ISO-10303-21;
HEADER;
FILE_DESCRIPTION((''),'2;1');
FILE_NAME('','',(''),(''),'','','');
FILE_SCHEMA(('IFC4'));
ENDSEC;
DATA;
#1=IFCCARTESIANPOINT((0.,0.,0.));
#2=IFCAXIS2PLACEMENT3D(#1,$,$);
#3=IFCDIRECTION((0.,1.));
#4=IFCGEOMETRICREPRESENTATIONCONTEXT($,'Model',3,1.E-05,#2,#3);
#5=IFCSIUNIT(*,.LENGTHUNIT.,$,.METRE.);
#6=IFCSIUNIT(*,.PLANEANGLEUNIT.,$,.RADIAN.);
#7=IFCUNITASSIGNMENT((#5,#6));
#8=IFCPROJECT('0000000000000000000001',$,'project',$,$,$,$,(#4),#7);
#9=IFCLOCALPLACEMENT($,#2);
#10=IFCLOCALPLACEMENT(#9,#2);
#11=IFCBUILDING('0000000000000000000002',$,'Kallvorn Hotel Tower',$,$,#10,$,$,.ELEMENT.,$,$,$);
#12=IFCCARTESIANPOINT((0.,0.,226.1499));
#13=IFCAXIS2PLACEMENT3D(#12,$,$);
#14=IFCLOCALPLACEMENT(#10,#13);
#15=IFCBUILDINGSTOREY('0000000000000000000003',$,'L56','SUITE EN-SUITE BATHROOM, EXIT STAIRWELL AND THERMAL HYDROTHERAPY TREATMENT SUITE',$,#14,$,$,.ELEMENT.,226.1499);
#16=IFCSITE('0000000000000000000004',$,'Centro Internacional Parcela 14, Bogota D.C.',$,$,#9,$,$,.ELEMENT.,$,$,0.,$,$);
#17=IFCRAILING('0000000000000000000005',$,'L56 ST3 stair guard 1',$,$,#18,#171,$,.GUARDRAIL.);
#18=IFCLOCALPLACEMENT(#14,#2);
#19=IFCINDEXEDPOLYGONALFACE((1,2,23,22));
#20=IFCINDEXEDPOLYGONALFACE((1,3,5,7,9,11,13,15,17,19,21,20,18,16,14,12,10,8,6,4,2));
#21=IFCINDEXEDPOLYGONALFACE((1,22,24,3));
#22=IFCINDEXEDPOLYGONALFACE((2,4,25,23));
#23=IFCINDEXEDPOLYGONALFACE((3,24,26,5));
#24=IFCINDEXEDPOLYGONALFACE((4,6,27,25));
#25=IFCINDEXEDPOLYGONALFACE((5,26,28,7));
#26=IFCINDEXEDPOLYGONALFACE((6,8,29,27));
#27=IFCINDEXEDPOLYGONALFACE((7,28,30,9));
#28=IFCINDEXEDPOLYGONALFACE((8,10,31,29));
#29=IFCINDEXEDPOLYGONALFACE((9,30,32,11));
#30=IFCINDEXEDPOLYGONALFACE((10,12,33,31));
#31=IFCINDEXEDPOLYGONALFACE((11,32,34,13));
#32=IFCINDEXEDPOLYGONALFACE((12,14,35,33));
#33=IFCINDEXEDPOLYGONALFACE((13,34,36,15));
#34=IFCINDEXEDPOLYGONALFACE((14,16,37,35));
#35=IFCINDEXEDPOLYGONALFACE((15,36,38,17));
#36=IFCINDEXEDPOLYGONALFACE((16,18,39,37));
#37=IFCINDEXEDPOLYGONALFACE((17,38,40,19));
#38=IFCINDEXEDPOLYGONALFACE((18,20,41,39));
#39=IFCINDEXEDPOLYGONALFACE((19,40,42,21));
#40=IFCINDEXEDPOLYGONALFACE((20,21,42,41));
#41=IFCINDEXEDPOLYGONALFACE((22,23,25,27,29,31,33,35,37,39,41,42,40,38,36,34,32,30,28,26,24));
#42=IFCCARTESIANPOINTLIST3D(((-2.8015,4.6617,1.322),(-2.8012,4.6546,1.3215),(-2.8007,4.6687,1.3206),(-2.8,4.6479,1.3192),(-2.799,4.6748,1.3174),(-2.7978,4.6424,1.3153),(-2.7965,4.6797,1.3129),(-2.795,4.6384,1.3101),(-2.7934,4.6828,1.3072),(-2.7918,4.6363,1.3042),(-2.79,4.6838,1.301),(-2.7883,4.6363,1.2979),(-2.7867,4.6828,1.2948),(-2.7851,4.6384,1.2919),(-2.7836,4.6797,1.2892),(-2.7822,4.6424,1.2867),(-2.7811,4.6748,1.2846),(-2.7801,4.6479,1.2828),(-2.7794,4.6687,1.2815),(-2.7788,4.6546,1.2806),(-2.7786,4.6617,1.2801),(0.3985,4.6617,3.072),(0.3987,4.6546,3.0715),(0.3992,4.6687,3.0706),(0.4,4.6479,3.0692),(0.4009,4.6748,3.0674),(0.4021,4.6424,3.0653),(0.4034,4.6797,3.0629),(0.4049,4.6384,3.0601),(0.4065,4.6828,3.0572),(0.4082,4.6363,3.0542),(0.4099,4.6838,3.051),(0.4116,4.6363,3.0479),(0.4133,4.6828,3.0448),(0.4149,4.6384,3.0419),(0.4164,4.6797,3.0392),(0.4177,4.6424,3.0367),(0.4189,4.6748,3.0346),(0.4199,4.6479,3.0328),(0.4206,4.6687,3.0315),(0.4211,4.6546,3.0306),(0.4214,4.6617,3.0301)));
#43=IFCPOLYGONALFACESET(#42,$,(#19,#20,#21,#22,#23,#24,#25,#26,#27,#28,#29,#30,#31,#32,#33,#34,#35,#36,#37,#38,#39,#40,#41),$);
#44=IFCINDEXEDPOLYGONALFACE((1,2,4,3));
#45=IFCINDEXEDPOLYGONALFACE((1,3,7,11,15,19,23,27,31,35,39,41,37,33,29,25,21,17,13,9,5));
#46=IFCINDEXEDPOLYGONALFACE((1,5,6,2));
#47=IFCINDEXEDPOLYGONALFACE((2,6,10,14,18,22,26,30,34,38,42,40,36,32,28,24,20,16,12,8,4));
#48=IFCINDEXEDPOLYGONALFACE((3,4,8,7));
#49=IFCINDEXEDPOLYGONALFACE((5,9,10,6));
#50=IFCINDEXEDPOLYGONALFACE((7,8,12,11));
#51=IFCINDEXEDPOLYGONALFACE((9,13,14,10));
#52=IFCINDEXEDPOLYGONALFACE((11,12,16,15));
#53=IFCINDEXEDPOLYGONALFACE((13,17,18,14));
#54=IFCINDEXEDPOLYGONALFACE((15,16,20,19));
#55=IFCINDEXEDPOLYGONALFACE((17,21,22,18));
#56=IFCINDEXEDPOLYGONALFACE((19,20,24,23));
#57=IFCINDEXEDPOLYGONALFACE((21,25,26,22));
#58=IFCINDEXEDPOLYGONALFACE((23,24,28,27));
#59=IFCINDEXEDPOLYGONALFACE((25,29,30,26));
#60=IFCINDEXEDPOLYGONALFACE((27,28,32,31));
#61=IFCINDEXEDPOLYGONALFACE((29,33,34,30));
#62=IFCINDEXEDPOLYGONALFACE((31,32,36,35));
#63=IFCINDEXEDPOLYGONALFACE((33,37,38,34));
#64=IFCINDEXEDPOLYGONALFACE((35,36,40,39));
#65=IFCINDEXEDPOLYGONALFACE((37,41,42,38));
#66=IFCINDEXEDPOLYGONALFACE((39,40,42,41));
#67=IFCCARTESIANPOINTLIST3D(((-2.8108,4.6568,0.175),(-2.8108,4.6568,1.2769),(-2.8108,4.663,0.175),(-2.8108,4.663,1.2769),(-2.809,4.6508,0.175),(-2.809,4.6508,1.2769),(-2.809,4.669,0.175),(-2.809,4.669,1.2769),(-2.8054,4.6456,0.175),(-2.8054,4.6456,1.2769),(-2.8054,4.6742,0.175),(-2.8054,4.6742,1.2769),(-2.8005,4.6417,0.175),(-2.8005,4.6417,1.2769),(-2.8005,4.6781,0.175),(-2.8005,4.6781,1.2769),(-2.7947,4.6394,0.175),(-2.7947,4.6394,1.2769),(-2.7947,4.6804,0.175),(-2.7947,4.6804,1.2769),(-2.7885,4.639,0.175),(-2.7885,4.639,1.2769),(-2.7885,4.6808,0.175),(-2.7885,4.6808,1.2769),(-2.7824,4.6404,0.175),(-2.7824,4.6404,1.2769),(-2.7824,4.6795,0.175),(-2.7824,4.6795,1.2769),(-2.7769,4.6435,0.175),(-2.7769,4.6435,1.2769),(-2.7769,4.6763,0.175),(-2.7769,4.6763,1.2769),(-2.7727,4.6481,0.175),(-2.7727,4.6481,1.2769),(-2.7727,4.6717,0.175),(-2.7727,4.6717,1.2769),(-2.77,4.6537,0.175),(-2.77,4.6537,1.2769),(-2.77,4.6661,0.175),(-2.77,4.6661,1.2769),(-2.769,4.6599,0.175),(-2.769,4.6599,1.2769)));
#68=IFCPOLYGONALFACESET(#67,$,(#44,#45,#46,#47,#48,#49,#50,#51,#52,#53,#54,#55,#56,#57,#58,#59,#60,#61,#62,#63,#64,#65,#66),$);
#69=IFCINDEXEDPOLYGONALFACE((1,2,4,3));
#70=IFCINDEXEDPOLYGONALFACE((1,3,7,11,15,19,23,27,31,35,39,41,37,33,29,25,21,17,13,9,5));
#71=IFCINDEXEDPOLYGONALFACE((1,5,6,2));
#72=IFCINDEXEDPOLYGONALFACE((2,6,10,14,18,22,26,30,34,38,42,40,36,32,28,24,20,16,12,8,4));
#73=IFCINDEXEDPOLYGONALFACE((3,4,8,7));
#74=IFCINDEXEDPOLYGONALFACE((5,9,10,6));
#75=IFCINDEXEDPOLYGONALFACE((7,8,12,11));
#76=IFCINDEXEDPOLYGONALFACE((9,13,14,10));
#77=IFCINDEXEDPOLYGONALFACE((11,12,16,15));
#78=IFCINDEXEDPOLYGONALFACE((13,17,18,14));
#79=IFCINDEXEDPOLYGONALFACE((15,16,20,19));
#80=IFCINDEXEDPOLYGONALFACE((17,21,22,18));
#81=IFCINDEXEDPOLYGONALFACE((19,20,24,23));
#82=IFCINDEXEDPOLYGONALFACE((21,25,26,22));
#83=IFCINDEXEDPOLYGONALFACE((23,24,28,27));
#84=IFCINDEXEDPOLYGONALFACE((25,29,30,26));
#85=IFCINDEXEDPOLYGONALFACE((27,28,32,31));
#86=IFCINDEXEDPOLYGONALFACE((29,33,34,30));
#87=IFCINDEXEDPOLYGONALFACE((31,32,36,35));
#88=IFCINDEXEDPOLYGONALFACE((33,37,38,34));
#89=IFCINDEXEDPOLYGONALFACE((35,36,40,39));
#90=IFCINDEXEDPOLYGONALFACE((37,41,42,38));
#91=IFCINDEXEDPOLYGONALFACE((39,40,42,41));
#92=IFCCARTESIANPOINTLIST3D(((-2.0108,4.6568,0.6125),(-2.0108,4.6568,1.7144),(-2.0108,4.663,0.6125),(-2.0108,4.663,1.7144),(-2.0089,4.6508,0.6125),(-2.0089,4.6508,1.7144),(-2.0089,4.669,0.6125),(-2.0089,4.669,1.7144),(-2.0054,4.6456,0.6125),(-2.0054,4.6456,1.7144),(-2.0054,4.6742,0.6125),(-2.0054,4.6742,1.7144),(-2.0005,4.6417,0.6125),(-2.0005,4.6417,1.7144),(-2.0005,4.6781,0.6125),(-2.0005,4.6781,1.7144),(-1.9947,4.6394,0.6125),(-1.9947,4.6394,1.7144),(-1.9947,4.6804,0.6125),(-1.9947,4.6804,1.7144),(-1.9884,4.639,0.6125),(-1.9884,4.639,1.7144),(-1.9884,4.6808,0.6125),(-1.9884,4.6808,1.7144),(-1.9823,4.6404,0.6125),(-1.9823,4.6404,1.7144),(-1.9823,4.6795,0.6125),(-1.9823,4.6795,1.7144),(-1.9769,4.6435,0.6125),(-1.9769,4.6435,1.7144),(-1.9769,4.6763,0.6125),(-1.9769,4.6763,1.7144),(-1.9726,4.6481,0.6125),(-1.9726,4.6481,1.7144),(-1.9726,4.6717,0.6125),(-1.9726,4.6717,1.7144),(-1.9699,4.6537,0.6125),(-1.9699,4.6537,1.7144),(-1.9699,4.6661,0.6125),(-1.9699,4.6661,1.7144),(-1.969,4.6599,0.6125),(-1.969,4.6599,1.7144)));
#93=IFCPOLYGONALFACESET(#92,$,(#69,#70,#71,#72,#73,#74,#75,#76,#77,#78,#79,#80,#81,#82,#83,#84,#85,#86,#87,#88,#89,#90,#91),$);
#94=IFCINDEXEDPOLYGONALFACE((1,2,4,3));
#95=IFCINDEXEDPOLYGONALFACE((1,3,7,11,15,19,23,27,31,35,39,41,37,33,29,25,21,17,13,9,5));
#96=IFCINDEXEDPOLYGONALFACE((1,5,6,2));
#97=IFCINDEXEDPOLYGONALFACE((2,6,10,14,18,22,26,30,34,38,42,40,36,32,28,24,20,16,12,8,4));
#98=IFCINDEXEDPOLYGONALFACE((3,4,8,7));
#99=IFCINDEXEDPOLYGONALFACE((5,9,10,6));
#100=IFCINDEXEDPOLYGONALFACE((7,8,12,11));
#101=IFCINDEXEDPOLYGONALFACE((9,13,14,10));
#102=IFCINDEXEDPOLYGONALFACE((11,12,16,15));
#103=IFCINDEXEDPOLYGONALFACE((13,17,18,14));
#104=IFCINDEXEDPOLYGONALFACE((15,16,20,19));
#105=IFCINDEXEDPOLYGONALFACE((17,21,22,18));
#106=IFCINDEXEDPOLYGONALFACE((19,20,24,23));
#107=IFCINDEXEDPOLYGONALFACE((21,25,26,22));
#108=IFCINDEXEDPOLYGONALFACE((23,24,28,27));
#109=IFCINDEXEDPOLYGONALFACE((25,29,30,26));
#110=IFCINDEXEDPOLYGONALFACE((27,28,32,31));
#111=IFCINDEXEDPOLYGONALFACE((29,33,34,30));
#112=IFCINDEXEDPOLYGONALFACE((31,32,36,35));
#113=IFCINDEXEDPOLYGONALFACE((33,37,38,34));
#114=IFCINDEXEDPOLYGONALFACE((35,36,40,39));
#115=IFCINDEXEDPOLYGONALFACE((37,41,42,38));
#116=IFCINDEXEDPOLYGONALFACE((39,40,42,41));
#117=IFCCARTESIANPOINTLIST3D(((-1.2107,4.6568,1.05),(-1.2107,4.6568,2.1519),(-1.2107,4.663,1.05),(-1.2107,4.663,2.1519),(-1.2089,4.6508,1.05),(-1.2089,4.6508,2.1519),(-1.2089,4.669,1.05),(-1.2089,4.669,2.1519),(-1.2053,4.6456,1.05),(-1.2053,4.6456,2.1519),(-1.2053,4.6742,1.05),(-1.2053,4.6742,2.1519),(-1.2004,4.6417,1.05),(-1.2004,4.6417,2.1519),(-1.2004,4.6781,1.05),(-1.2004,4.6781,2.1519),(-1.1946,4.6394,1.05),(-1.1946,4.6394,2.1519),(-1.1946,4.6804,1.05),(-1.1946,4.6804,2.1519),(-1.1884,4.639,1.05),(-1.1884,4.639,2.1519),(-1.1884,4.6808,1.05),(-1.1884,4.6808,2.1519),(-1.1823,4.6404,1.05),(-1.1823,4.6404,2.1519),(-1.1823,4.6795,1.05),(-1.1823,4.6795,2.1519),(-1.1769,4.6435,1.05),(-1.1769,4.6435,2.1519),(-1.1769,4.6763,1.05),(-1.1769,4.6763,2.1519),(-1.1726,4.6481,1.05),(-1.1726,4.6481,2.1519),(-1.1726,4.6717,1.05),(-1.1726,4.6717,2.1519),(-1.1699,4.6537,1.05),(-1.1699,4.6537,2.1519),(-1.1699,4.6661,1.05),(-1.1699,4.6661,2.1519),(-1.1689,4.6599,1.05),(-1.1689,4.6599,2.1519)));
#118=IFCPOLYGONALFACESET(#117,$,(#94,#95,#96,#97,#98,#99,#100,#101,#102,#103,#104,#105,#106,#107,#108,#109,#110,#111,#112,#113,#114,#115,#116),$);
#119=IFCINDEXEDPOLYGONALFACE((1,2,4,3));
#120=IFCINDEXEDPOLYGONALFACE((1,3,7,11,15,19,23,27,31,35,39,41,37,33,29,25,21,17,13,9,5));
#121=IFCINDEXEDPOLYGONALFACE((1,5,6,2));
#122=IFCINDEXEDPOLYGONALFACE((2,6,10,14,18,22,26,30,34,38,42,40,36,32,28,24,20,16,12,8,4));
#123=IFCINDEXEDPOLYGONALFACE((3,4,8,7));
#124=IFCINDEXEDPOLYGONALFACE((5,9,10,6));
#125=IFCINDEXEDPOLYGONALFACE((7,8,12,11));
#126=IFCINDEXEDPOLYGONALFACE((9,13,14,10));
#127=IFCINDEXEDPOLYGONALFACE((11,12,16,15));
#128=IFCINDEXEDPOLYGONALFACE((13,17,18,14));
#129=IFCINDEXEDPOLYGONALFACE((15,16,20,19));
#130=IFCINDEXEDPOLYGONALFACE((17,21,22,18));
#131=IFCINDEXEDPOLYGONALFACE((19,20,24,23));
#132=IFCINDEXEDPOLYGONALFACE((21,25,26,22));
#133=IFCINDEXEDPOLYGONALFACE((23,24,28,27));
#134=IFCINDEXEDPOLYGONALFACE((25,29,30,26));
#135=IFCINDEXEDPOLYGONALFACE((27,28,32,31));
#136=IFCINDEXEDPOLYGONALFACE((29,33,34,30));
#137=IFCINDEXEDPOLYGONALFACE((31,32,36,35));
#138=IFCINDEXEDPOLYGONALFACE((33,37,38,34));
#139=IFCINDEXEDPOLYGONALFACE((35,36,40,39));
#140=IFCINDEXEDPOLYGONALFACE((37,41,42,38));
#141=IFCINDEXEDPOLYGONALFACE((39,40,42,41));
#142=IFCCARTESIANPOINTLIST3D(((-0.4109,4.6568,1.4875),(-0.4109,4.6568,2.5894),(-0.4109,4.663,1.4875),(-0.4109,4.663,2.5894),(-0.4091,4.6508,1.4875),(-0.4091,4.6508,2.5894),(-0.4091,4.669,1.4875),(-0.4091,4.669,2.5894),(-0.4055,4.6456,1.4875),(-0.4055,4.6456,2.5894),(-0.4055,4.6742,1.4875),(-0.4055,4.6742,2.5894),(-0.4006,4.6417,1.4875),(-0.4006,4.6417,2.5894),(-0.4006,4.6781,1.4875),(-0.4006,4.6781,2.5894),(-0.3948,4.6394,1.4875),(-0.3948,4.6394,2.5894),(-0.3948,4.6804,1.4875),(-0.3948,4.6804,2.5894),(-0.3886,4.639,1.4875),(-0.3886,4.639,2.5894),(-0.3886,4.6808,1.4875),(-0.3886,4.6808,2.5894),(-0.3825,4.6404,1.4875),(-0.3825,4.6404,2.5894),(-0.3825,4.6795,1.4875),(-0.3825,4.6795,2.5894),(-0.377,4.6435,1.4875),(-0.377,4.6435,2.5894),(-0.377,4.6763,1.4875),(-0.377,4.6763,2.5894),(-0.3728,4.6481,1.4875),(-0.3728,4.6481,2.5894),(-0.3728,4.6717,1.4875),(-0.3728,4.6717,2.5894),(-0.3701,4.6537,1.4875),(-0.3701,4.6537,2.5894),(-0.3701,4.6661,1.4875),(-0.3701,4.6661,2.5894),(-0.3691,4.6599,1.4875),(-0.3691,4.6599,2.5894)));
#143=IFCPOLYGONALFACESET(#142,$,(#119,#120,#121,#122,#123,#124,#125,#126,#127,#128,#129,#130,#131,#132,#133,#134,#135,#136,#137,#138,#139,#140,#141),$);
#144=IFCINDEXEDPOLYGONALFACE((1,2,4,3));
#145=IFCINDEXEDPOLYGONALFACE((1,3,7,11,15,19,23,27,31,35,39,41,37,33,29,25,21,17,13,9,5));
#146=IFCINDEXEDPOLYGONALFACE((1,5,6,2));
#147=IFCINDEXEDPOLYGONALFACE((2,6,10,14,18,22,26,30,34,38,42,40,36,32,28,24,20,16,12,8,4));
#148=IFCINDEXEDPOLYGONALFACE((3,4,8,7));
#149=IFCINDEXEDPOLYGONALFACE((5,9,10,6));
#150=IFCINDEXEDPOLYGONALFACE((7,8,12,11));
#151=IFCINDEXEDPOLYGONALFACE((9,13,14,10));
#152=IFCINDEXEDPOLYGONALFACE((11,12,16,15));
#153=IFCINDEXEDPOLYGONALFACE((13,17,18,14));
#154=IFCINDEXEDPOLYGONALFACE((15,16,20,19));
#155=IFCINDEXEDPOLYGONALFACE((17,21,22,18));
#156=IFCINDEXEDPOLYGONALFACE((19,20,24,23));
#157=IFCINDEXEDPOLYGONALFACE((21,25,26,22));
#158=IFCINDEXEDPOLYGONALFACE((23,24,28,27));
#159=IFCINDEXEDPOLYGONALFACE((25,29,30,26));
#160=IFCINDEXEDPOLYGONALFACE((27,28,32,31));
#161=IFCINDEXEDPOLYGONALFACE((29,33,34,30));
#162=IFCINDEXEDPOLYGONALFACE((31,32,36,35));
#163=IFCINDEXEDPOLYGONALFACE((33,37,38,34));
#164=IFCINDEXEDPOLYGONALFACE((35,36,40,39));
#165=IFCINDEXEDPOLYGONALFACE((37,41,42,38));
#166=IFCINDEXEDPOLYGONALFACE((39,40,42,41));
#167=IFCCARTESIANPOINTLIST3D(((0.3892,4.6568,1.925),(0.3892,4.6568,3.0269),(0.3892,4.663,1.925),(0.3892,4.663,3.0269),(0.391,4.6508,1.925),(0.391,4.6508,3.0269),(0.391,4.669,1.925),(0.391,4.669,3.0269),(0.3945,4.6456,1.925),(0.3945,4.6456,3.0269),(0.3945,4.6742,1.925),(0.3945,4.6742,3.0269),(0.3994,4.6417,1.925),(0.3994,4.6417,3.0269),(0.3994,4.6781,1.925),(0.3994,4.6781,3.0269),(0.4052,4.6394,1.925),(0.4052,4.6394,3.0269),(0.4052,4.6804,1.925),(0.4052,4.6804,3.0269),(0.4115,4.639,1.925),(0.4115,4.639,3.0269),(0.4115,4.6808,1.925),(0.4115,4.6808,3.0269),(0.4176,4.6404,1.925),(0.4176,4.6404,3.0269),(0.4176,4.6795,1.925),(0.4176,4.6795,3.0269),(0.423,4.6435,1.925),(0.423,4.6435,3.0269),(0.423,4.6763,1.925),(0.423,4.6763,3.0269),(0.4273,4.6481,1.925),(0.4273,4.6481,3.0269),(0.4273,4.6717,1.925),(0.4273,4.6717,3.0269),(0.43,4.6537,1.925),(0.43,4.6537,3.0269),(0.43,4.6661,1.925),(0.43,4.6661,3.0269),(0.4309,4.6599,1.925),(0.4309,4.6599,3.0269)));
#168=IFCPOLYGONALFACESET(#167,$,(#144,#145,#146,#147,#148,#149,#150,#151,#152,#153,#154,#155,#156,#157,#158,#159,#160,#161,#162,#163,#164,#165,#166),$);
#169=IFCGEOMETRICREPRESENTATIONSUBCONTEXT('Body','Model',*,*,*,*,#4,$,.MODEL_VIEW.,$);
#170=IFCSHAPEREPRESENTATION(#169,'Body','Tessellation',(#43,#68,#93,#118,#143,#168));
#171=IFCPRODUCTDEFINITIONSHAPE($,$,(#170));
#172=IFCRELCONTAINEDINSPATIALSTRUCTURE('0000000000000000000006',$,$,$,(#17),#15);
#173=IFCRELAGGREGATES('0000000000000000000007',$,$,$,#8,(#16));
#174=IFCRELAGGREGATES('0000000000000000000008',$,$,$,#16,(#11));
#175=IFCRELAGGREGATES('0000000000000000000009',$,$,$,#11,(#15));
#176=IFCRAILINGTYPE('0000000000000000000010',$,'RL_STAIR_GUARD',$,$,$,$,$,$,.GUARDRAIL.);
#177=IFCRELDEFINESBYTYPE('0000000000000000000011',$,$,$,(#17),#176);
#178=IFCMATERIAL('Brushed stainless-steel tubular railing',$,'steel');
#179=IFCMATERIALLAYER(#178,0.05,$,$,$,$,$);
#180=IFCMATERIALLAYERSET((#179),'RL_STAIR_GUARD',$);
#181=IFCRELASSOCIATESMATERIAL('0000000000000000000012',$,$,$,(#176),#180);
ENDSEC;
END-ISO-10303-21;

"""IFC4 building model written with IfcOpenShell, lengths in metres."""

from ifc_helpers import new_model, si_unit, direction, frame, origin, origin_2d, place, context, subcontext, project, spatial, circle, extrude, material, layer, layer_set, type_object, element, save


model = new_model("IFC4")

# Units and contexts
model_context = context("Model", 3, precision=1e-05, world=origin(), true_north=direction((0.0, 1.0)))
body_context = subcontext(model_context, "Body", "Model", "MODEL_VIEW")
ifc_project = project(units=[si_unit("LENGTHUNIT", "METRE"), si_unit("PLANEANGLEUNIT", "RADIAN")], contexts=[model_context])

# Site, building, storey
site_placement = place(None, origin())
site = spatial("IfcSite", under=ifc_project, at=site_placement, Name="Centro Internacional Parcela 14, Bogota D.C.", CompositionType="ELEMENT", RefElevation=0.0)
building_placement = place(site_placement, origin())
building = spatial("IfcBuilding", under=site, at=building_placement, Name="Kallvorn Hotel Tower", CompositionType="ELEMENT")
storey_placement = place(building_placement, frame((0.0, 0.0, 226.1499)))
storey = spatial("IfcBuildingStorey", under=building, at=storey_placement, Name="L56", Description="SUITE EN-SUITE BATHROOM, EXIT STAIRWELL AND THERMAL HYDROTHERAPY TREATMENT SUITE", CompositionType="ELEMENT", Elevation=226.1499)

# Railing
ifc_material_1 = material(Name="Brushed stainless-steel tubular railing", Category="steel")
ifc_layer_1 = layer(ifc_material_1, 0.05)
ifc_layer_set_1 = layer_set([ifc_layer_1], Name="RL_STAIR_GUARD")
railing_type_1 = type_object("IfcRailingType", Name="RL_STAIR_GUARD", PredefinedType="GUARDRAIL", material=ifc_layer_set_1)
railing_1_placement = place(storey_placement, frame((-2.79, 4.6599, 0.175)))
element("IfcRailing", 1, at=railing_1_placement, inside=storey, type_object=railing_type_1, Name="L56 ST3 stair guard 1", PredefinedType="GUARDRAIL", context=body_context, shape_type="SweptSolid", body=[
    extrude(circle(Radius=0.0239, at=origin_2d()), frame((0.0, 0.0, 1.126), z_axis=(0.877368, 0.0, 0.479818), x_axis=(0.0, 1.0, 0.0)), (0.0, 0.0, 1.0), 3.6472),
    extrude(circle(Radius=0.021, at=origin_2d()), origin(), (0.0, 0.0, 1.0), 1.1018),
    extrude(circle(Radius=0.021, at=origin_2d()), frame((0.8, 0.0, 0.4375)), (0.0, 0.0, 1.0), 1.1018),
    extrude(circle(Radius=0.021, at=origin_2d()), frame((1.6001, 0.0, 0.875)), (0.0, 0.0, 1.0), 1.1018),
    extrude(circle(Radius=0.021, at=origin_2d()), frame((2.3999, 0.0, 1.3125)), (0.0, 0.0, 1.0), 1.1018),
    extrude(circle(Radius=0.021, at=origin_2d()), frame((3.2, 0.0, 1.75)), (0.0, 0.0, 1.0), 1.1018),
])

save(model, "model.ifc")
